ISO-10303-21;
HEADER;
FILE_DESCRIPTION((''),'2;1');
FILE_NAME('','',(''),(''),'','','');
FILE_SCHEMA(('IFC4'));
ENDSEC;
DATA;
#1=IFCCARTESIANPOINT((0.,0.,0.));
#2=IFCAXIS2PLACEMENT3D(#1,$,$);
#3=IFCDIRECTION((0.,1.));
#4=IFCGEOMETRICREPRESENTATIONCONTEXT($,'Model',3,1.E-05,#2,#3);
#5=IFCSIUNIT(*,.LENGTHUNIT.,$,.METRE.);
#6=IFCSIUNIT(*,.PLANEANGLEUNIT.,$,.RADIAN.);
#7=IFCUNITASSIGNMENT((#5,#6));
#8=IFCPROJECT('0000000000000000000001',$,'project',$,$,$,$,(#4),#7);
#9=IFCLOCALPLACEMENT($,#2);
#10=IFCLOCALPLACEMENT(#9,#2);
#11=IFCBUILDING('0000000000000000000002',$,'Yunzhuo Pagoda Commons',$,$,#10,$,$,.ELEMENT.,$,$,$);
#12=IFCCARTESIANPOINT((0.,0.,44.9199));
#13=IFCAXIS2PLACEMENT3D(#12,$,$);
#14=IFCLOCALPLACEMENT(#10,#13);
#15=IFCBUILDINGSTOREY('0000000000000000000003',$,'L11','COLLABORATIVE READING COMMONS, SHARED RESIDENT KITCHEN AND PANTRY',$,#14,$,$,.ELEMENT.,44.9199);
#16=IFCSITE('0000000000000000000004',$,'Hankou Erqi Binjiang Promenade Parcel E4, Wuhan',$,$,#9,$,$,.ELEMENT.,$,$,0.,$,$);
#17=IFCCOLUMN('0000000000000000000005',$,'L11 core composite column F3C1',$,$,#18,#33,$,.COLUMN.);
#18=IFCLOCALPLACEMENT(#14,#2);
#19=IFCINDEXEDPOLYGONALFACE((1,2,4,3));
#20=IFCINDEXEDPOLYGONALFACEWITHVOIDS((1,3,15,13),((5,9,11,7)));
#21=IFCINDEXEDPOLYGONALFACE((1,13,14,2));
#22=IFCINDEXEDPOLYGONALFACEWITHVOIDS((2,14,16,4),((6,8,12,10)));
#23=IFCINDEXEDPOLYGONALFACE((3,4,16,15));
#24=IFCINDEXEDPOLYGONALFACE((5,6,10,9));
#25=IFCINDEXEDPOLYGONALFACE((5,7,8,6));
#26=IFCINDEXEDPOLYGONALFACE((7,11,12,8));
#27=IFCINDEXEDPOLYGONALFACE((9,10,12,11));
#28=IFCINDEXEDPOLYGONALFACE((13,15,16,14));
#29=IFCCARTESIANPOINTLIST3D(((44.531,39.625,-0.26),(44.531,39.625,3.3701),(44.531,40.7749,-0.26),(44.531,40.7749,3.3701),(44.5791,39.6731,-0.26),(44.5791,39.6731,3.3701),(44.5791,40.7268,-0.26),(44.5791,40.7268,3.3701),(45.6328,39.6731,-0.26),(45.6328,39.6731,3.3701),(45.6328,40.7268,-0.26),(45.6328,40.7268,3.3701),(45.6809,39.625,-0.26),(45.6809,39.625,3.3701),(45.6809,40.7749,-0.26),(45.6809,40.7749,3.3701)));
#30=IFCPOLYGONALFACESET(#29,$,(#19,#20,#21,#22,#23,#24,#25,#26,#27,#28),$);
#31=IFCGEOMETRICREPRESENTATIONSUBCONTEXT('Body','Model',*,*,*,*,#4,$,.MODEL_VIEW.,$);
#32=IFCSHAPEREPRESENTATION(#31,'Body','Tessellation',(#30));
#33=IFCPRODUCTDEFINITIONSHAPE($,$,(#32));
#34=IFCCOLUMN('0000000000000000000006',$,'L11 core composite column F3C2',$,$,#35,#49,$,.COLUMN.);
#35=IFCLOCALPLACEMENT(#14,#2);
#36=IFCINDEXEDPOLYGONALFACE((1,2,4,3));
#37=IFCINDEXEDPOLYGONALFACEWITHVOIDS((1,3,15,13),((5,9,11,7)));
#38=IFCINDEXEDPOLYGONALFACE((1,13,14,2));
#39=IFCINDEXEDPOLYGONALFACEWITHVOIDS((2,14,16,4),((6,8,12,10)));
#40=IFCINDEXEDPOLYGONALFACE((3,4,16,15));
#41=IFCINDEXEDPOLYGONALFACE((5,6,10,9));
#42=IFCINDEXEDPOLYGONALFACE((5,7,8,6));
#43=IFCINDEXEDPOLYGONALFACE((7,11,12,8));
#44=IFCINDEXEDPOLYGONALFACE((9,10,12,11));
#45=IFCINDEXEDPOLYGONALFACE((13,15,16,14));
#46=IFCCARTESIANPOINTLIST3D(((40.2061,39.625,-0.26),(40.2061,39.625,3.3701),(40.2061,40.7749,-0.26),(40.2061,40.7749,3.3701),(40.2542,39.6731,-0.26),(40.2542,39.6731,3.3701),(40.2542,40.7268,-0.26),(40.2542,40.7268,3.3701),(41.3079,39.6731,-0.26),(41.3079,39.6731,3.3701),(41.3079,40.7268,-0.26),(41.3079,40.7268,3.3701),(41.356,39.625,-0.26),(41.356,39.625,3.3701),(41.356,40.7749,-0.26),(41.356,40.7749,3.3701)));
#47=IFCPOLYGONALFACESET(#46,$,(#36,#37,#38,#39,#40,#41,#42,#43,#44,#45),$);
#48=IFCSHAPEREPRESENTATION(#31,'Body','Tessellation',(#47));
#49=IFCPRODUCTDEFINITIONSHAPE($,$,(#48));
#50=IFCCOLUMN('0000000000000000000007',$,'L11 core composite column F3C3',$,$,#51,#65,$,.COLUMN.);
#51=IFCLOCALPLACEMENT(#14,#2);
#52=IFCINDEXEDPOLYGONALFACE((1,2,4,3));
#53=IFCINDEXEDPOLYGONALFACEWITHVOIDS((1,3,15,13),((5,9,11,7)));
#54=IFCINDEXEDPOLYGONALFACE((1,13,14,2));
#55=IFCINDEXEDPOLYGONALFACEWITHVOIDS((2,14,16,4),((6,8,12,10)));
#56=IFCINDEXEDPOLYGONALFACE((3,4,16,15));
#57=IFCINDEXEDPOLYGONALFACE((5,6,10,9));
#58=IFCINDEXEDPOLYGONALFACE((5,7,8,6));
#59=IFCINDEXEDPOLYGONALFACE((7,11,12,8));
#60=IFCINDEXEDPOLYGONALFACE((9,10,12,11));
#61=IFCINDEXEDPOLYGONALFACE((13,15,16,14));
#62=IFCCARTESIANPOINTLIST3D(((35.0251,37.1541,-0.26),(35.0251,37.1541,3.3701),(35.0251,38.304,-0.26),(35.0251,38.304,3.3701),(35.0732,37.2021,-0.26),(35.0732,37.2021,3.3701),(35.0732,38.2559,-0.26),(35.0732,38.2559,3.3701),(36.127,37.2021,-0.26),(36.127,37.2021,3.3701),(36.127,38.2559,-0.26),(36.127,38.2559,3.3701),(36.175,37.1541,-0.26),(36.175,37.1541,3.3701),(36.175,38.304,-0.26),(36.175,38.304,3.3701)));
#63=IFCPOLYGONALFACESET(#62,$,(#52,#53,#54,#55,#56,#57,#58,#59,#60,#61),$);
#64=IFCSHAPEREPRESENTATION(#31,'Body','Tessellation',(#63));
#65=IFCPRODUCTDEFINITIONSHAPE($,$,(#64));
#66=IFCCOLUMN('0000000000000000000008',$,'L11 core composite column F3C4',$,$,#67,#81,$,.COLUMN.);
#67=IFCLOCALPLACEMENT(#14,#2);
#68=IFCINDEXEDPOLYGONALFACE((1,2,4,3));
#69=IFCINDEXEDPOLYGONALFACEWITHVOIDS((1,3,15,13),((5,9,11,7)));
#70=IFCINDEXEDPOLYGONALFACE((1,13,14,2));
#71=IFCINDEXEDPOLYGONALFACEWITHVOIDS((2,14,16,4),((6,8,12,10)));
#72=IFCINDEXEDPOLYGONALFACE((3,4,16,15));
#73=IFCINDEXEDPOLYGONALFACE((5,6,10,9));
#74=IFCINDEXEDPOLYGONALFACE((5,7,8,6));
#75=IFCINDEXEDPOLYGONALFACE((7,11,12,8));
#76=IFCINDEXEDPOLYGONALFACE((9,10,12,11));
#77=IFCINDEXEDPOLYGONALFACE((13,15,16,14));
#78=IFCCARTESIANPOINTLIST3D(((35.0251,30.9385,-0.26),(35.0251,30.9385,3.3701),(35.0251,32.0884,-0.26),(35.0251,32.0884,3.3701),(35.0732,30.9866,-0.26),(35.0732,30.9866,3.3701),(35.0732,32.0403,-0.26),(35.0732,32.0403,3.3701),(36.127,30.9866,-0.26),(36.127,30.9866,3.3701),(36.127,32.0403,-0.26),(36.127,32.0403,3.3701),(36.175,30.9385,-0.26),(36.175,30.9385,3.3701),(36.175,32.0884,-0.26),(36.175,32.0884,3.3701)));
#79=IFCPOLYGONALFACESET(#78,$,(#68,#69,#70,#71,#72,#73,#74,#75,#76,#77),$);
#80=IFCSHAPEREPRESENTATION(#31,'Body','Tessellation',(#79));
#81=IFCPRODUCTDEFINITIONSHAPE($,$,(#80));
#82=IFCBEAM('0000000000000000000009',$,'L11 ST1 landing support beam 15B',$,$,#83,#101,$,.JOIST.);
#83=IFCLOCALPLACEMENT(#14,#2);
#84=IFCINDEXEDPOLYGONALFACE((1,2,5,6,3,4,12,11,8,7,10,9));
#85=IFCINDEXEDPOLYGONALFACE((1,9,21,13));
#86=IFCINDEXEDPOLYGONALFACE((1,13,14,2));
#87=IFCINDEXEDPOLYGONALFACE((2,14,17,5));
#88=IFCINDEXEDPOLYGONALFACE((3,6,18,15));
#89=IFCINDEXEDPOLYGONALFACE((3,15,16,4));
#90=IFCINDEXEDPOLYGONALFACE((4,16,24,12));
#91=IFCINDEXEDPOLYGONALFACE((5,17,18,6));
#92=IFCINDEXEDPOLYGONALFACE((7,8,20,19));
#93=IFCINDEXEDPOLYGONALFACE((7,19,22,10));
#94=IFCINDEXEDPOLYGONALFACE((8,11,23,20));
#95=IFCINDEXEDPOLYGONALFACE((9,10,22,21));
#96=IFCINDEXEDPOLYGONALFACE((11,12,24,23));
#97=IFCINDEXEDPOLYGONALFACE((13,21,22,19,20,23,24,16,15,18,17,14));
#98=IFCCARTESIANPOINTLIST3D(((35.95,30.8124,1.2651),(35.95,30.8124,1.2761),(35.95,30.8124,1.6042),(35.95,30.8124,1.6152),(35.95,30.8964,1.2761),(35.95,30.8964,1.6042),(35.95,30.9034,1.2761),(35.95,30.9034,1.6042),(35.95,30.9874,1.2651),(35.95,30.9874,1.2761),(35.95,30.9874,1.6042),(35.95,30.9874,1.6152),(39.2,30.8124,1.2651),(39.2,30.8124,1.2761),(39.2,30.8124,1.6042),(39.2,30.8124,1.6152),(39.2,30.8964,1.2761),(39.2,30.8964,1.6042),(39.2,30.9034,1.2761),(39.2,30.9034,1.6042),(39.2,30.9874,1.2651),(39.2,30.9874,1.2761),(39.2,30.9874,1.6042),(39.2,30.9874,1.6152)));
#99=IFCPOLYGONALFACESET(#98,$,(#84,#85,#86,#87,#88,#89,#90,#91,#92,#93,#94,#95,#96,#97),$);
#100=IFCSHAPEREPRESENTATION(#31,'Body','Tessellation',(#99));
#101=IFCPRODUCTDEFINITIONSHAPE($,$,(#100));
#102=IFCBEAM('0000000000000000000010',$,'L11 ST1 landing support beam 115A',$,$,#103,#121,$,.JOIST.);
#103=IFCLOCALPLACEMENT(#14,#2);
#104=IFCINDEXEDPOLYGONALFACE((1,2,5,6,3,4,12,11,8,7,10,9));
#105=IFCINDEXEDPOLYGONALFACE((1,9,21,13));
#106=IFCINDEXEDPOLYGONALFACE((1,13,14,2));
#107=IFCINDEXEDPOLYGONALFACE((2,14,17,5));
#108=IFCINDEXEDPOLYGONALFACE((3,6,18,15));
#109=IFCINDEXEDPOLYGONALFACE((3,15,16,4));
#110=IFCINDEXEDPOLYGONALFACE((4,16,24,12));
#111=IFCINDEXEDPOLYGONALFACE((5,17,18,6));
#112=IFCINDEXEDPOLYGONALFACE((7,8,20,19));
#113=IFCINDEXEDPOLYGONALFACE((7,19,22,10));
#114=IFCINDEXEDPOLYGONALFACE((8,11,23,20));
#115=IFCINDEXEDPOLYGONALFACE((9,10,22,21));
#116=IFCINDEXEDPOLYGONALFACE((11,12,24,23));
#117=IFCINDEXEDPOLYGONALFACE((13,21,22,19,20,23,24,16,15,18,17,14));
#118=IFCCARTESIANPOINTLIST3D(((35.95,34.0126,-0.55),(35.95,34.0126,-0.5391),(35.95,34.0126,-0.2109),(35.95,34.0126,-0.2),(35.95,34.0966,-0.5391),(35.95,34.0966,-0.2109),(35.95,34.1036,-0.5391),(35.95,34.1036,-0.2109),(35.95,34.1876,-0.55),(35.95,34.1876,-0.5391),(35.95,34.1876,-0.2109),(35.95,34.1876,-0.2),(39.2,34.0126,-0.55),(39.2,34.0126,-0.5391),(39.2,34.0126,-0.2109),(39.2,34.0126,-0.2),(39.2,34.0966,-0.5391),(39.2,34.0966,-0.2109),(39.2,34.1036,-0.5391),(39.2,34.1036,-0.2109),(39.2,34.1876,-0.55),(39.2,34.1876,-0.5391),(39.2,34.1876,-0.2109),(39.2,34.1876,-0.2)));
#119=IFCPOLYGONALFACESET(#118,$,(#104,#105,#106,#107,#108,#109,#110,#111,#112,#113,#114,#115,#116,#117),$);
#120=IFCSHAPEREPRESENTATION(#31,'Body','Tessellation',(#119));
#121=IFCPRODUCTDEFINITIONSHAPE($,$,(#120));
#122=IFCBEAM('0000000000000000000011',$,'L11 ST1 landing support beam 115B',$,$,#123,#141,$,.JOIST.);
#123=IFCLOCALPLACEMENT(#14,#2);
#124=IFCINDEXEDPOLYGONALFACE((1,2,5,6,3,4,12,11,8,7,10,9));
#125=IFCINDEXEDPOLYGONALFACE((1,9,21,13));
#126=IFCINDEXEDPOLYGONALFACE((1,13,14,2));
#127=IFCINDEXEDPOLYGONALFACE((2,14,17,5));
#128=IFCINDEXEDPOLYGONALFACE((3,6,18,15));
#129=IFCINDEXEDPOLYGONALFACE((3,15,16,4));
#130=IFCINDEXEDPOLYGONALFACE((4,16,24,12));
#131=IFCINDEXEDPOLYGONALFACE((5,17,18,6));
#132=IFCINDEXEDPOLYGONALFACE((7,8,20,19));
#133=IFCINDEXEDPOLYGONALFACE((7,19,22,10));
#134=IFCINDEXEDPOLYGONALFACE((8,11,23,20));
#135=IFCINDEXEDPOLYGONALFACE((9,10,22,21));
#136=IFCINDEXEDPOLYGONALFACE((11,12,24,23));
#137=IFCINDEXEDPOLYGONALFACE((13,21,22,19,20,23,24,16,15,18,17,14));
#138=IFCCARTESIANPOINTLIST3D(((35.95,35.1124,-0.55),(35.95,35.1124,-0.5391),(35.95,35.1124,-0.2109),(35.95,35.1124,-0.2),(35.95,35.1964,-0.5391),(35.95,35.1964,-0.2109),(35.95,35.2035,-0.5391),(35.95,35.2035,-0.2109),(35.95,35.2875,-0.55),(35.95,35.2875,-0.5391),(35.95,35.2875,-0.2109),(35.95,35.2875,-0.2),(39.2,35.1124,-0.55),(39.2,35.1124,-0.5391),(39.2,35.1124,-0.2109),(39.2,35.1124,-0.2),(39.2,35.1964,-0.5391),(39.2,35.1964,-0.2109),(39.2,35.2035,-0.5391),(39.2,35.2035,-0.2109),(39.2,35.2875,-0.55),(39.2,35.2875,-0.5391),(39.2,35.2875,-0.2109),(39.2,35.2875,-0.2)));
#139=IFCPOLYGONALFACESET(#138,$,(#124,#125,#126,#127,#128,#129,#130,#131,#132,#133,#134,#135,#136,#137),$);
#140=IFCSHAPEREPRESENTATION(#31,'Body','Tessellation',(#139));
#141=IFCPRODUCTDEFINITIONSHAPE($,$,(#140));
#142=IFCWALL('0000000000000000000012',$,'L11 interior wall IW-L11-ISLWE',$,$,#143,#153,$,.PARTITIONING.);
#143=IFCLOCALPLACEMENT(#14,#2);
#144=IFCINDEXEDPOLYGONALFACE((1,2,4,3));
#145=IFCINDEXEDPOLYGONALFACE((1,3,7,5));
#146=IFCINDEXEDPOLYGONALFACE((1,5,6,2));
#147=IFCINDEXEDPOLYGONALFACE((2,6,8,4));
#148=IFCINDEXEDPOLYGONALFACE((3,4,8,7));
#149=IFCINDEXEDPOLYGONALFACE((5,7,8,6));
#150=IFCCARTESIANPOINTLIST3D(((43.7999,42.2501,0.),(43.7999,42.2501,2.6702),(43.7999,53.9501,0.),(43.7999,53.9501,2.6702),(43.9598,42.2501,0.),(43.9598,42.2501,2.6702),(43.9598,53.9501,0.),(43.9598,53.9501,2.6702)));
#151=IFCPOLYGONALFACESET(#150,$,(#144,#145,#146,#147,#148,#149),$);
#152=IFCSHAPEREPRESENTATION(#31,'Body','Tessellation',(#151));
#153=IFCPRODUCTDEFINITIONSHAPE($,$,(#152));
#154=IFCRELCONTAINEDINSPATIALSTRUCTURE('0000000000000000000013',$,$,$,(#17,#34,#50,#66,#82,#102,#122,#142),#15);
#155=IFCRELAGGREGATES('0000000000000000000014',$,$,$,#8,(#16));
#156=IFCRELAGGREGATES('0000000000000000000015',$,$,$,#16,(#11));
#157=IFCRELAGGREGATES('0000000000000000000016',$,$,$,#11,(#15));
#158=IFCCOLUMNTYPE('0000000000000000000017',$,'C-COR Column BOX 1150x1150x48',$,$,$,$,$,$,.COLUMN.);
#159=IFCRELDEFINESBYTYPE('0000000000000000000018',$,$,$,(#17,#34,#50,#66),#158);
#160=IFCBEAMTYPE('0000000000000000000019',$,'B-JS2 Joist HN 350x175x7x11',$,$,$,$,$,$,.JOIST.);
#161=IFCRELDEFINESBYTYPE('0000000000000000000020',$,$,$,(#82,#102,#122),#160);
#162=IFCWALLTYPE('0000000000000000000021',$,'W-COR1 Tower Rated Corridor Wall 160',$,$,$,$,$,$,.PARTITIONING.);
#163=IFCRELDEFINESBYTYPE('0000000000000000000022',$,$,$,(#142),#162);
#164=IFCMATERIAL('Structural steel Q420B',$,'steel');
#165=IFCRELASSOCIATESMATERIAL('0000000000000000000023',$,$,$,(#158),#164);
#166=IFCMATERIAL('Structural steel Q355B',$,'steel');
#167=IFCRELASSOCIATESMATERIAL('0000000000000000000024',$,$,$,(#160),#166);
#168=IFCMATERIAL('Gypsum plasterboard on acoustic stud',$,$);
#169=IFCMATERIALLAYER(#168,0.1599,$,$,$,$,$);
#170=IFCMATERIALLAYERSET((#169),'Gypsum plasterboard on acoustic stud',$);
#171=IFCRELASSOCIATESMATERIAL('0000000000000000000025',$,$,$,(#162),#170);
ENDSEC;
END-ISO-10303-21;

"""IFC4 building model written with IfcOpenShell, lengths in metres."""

from ifc_helpers import new_model, si_unit, direction, frame, frame_2d, origin, origin_2d, place, context, subcontext, project, spatial, rectangle, hollow_rectangle, i_section, extrude, source, transform, mapped, material, layer, layer_set, material_profile, profile_set, type_object, element, save


model = new_model("IFC4")

# Units and contexts
model_context = context("Model", 3, precision=1e-05, world=origin(), true_north=direction((0.0, 1.0)))
body_context = subcontext(model_context, "Body", "Model", "MODEL_VIEW")
ifc_project = project(units=[si_unit("LENGTHUNIT", "METRE"), si_unit("PLANEANGLEUNIT", "RADIAN")], contexts=[model_context])

# Site, building, storey
site_placement = place(None, origin())
site = spatial("IfcSite", under=ifc_project, at=site_placement, Name="Hankou Erqi Binjiang Promenade Parcel E4, Wuhan", CompositionType="ELEMENT", RefElevation=0.0)
building_placement = place(site_placement, origin())
building = spatial("IfcBuilding", under=site, at=building_placement, Name="Yunzhuo Pagoda Commons", CompositionType="ELEMENT")
storey_placement = place(building_placement, frame((0.0, 0.0, 44.9199)))
storey = spatial("IfcBuildingStorey", under=building, at=storey_placement, Name="L11", Description="COLLABORATIVE READING COMMONS, SHARED RESIDENT KITCHEN AND PANTRY", CompositionType="ELEMENT", Elevation=44.9199)

# Columns
ifc_material_1 = material(Name="Structural steel Q420B", Category="steel")
ifc_material_profile_1 = material_profile(ifc_material_1, hollow_rectangle(XDim=1.1499, YDim=1.1499, WallThickness=0.0481, at=origin_2d()), Name="Structural steel Q420B")
ifc_profile_set_1 = profile_set([ifc_material_profile_1], Name="Structural steel Q420B")
column_type = type_object("IfcColumnType", Name="C-COR Column BOX 1150x1150x48", PredefinedType="COLUMN", material=ifc_profile_set_1)
shared_shape_1 = source(origin(), body_context, "Body", "SweptSolid", [
    extrude(hollow_rectangle(XDim=1.1499, YDim=1.1499, WallThickness=0.0481, at=origin_2d()), origin(), (0.0, 0.0, 1.0), 3.6301),
])
for number, where, z_axis, x_axis, name in (
    (1, (45.106, 40.2, -0.26), (0.0, 0.0, 1.0), (1.0, 0.0, 0.0), "L11 core composite column F3C1"),
    (2, (40.781, 40.2, -0.26), (0.0, 0.0, 1.0), (1.0, 0.0, 0.0), "L11 core composite column F3C2"),
    (3, (35.6001, 37.729, -0.26), (0.0, 0.0, 1.0), (1.0, 0.0, 0.0), "L11 core composite column F3C3"),
    (4, (35.6001, 31.5134, -0.26), (0.0, 0.0, 1.0), (1.0, 0.0, 0.0), "L11 core composite column F3C4"),
):
    element("IfcColumn", number, at=place(storey_placement, frame(where, z_axis=z_axis, x_axis=x_axis)), inside=storey, type_object=column_type, Name=name, PredefinedType="COLUMN", context=body_context, shape_type="MappedRepresentation", body=[
        mapped(shared_shape_1, transform((0.0, 0.0, 0.0), scale=1.0)),
    ])

# Beams
ifc_material_2 = material(Name="Structural steel Q355B", Category="steel")
ifc_material_profile_2 = material_profile(ifc_material_2, i_section(OverallWidth=0.175, OverallDepth=0.3501, WebThickness=0.0071, FlangeThickness=0.011, at=origin_2d()), Name="Structural steel Q355B")
ifc_profile_set_2 = profile_set([ifc_material_profile_2], Name="Structural steel Q355B")
beam_type = type_object("IfcBeamType", Name="B-JS2 Joist HN 350x175x7x11", PredefinedType="JOIST", material=ifc_profile_set_2)
shared_shape_2 = source(origin(), body_context, "Body", "SweptSolid", [
    extrude(i_section(OverallWidth=0.175, OverallDepth=0.3501, WebThickness=0.0071, FlangeThickness=0.011, at=origin_2d()), origin(), (0.0, 0.0, 1.0), 3.25),
])
for number, where, z_axis, x_axis, name in (
    (5, (35.95, 30.8999, 1.4402), (1.0, 0.0, 0.0), (0.0, 1.0, 0.0), "L11 ST1 landing support beam 15B"),
    (6, (35.95, 34.1001, -0.375), (1.0, 0.0, 0.0), (0.0, 1.0, 0.0), "L11 ST1 landing support beam 115A"),
    (7, (35.95, 35.2, -0.375), (1.0, 0.0, 0.0), (0.0, 1.0, 0.0), "L11 ST1 landing support beam 115B"),
):
    element("IfcBeam", number, at=place(storey_placement, frame(where, z_axis=z_axis, x_axis=x_axis)), inside=storey, type_object=beam_type, Name=name, PredefinedType="JOIST", context=body_context, shape_type="MappedRepresentation", body=[
        mapped(shared_shape_2, transform((0.0, 0.0, 0.0), scale=1.0)),
    ])

# Wall
ifc_material_3 = material(Name="Gypsum plasterboard on acoustic stud")
ifc_layer_1 = layer(ifc_material_3, 0.1599)
ifc_layer_set_1 = layer_set([ifc_layer_1], Name="Gypsum plasterboard on acoustic stud")
wall_type_1 = type_object("IfcWallType", Name="W-COR1 Tower Rated Corridor Wall 160", PredefinedType="PARTITIONING", material=ifc_layer_set_1)
wall_1_placement = place(storey_placement, frame((43.8799, 42.25, 0.0), z_axis=(0.0, 0.0, 1.0), x_axis=(0.0, 1.0, 0.0)))
element("IfcWall", 8, at=wall_1_placement, inside=storey, type_object=wall_type_1, Name="L11 interior wall IW-L11-ISLWE", PredefinedType="PARTITIONING", context=body_context, shape_type="SweptSolid", body=[
    extrude(rectangle(XDim=11.7, YDim=0.1599, at=frame_2d((5.8501, 0.0))), origin(), (0.0, 0.0, 1.0), 2.6702),
])

save(model, "model.ifc")
